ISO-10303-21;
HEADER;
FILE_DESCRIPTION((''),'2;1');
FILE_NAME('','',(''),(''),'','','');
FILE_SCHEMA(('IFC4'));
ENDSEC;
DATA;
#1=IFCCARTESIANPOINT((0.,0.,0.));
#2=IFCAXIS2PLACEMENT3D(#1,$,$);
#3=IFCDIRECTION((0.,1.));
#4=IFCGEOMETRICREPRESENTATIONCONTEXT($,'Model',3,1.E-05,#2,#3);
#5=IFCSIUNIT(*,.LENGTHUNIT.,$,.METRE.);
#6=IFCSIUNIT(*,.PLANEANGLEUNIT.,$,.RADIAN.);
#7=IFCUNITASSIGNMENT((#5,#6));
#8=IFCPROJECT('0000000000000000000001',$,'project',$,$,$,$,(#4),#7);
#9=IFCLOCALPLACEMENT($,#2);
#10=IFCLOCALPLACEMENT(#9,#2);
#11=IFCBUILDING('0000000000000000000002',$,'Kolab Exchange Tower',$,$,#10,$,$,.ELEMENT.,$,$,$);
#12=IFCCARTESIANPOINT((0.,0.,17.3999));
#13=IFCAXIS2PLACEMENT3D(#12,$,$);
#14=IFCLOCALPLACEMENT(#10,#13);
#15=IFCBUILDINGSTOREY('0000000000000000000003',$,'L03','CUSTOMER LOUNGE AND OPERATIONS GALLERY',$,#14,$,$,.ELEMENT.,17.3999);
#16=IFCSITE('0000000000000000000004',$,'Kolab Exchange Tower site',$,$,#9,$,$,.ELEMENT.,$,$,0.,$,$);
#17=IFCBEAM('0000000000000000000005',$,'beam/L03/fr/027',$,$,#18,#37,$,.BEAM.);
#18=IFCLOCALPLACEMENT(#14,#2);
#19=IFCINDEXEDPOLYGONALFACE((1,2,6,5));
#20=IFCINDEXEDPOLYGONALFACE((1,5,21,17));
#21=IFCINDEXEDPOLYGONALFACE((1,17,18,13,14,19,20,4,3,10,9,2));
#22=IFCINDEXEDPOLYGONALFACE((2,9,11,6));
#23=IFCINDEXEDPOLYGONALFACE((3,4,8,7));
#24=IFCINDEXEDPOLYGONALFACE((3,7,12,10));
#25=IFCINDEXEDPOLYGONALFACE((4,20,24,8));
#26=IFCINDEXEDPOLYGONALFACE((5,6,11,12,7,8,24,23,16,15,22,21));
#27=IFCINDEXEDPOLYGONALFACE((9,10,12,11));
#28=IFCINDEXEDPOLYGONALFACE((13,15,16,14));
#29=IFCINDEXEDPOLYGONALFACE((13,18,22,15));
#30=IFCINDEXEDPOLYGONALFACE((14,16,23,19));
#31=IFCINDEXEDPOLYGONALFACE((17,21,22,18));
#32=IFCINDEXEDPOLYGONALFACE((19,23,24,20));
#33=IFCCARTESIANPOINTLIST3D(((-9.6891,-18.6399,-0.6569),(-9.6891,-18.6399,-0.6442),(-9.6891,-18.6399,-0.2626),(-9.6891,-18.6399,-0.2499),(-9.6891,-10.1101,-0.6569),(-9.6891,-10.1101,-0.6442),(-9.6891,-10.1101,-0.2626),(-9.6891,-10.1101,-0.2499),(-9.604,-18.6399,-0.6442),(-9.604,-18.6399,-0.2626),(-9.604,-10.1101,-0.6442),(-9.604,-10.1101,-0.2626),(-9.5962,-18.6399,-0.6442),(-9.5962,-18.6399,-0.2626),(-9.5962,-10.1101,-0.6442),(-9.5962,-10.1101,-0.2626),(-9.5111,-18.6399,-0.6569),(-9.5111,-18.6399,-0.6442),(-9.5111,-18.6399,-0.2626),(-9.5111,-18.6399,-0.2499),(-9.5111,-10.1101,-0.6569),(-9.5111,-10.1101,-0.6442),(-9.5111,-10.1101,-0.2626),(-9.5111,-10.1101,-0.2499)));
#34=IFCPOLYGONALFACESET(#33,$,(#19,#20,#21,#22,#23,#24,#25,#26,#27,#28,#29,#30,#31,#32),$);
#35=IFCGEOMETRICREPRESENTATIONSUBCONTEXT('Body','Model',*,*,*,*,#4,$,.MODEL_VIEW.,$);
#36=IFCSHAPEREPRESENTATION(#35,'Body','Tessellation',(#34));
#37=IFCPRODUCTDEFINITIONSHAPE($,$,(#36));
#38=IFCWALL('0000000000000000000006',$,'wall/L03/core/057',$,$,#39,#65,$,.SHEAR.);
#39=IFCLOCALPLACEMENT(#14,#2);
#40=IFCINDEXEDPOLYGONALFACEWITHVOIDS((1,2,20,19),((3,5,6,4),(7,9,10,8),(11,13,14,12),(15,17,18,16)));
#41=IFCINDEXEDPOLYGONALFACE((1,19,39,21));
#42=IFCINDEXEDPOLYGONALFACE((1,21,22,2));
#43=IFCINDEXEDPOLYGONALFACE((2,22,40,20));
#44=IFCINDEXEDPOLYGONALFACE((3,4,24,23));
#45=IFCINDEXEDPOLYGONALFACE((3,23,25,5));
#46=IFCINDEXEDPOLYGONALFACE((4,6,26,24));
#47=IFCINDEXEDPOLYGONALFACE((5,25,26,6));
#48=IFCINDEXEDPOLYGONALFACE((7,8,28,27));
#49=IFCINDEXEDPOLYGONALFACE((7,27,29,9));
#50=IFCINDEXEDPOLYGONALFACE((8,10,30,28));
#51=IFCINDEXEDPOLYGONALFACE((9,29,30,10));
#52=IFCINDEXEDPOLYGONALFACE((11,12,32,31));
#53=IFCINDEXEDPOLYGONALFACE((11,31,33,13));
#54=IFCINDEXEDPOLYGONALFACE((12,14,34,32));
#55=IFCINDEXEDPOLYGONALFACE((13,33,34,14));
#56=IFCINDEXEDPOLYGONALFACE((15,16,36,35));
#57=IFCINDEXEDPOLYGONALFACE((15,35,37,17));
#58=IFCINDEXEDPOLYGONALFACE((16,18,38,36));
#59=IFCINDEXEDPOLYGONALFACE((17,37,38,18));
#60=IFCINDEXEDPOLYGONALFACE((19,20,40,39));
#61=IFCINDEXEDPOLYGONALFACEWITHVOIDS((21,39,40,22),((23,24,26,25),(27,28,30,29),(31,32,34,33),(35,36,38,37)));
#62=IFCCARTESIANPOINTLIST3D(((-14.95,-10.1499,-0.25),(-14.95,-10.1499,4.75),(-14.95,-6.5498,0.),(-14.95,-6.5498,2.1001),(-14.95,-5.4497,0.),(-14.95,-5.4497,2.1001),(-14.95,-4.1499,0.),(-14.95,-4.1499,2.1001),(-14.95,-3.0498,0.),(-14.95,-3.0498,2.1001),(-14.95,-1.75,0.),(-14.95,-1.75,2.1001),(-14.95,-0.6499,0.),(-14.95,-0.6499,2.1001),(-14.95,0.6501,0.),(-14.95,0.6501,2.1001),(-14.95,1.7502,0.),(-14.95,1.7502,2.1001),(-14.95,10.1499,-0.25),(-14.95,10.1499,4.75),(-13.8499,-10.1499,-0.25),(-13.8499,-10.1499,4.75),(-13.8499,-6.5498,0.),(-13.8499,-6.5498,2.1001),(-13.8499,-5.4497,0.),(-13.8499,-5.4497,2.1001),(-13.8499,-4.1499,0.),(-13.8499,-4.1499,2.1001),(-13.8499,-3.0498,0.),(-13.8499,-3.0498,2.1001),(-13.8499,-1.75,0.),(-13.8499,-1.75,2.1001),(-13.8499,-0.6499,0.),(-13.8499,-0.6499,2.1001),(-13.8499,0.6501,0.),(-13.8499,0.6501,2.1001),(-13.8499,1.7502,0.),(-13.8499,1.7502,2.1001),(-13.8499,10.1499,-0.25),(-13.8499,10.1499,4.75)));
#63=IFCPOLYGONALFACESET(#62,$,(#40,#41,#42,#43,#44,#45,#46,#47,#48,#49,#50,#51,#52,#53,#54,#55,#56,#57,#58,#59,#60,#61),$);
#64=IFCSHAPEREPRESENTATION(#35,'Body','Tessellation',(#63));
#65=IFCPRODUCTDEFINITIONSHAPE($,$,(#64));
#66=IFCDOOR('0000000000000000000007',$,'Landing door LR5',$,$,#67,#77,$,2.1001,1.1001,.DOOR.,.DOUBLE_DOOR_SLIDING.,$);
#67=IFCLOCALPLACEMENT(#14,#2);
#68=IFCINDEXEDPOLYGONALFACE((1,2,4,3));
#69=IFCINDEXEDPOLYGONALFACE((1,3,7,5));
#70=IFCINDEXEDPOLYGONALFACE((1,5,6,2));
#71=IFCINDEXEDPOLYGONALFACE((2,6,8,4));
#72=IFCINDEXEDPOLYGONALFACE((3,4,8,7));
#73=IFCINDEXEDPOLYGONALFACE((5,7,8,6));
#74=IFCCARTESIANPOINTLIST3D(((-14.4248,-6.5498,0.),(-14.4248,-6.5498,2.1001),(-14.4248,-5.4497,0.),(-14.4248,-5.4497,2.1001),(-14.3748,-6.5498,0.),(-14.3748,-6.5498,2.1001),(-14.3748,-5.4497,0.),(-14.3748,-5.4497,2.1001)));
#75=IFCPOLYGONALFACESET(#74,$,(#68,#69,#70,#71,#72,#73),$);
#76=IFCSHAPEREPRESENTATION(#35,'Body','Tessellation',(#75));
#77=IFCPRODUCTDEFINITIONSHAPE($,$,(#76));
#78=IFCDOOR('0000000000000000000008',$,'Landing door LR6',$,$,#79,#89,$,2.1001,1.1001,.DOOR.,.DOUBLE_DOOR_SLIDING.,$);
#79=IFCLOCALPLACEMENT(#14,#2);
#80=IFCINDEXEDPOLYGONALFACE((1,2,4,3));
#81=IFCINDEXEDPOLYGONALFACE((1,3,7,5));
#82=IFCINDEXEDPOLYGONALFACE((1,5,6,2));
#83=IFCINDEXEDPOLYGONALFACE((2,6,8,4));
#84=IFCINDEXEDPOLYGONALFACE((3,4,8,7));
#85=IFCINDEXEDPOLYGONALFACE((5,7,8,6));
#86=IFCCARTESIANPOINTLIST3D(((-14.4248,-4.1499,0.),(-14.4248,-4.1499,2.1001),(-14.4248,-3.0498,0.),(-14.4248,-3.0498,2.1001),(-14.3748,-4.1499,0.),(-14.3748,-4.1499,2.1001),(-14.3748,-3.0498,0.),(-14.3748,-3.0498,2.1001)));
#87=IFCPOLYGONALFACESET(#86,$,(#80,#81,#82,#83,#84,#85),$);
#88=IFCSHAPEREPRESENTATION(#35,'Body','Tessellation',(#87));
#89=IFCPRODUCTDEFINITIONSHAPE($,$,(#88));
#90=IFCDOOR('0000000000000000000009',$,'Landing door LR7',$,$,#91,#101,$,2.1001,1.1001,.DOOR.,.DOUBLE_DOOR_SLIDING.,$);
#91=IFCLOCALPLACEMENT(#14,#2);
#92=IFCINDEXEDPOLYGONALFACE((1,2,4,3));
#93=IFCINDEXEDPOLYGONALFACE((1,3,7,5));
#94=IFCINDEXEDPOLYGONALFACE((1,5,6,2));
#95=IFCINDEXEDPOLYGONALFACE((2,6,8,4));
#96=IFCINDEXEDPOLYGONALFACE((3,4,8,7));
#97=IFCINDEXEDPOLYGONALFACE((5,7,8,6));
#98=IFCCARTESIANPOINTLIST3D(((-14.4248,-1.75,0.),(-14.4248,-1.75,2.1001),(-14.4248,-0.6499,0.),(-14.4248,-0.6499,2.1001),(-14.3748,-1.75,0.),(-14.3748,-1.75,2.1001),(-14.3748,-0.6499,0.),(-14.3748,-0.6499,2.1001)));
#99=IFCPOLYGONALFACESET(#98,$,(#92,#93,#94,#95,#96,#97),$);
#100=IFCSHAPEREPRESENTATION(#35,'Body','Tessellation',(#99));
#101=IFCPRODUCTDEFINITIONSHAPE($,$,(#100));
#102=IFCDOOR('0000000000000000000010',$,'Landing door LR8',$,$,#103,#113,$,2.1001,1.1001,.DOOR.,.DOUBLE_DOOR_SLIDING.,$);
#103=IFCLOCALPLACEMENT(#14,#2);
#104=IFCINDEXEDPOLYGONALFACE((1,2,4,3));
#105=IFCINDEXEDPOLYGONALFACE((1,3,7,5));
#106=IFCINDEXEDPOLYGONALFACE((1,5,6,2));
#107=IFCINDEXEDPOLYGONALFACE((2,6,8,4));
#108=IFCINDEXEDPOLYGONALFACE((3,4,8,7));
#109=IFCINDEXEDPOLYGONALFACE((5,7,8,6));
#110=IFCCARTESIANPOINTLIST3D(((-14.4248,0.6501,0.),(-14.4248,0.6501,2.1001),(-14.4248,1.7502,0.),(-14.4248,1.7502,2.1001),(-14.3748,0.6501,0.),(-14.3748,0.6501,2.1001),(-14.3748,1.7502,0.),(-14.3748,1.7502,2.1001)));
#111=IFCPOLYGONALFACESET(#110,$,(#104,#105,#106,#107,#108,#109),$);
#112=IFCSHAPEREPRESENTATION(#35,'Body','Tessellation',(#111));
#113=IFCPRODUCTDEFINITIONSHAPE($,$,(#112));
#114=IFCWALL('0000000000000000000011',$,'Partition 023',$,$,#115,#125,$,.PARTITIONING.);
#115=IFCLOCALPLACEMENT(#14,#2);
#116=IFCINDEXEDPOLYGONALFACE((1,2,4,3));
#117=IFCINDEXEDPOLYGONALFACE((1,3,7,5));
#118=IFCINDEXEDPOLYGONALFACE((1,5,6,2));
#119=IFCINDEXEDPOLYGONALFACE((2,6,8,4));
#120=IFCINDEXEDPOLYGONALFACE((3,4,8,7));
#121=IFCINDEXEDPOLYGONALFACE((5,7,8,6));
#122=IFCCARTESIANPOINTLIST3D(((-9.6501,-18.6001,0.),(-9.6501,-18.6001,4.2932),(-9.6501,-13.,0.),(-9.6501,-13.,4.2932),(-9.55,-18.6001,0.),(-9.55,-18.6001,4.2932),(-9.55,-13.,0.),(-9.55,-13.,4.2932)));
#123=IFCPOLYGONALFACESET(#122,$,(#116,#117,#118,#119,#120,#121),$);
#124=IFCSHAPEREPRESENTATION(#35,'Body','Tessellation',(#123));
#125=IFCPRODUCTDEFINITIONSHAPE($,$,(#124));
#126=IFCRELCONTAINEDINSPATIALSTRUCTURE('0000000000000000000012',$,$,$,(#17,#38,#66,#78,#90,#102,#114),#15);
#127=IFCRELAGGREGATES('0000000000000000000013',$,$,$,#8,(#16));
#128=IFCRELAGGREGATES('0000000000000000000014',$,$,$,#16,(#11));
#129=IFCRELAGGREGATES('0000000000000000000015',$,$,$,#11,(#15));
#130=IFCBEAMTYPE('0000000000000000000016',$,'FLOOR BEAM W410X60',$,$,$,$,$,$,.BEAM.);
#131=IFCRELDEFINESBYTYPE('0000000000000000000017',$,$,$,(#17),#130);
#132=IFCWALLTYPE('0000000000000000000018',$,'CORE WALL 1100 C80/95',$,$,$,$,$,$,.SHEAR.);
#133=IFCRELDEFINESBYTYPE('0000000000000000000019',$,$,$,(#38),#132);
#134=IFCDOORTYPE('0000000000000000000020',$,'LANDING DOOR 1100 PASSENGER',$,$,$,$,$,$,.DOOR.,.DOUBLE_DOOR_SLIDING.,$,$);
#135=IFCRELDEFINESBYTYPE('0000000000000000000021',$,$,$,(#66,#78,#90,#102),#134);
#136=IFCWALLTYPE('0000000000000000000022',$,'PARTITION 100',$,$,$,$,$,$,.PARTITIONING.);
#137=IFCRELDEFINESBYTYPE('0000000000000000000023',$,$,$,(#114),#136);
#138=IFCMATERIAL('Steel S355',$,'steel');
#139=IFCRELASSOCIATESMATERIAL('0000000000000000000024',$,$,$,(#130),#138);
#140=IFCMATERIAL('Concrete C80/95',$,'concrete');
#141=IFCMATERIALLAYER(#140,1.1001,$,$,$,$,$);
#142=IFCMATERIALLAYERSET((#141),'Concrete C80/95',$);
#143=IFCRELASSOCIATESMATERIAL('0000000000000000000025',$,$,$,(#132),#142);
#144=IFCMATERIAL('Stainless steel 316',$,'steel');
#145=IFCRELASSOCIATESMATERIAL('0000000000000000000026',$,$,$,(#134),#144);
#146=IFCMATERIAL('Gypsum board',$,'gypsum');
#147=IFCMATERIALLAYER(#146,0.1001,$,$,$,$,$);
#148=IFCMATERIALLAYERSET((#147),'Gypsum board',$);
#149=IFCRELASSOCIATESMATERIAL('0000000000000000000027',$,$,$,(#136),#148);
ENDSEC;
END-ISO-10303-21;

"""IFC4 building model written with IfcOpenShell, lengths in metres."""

from ifc_helpers import new_model, si_unit, direction, frame, frame_2d, origin, origin_2d, place, context, subcontext, project, spatial, rectangle, i_section, extrude, material, layer, layer_set, material_profile, profile_set, type_object, element, fill, save


model = new_model("IFC4")

# Units and contexts
model_context = context("Model", 3, precision=1e-05, world=origin(), true_north=direction((0.0, 1.0)))
body_context = subcontext(model_context, "Body", "Model", "MODEL_VIEW")
ifc_project = project(units=[si_unit("LENGTHUNIT", "METRE"), si_unit("PLANEANGLEUNIT", "RADIAN")], contexts=[model_context])

# Site, building, storey
site_placement = place(None, origin())
site = spatial("IfcSite", under=ifc_project, at=site_placement, Name="Kolab Exchange Tower site", CompositionType="ELEMENT", RefElevation=0.0)
building_placement = place(site_placement, origin())
building = spatial("IfcBuilding", under=site, at=building_placement, Name="Kolab Exchange Tower", CompositionType="ELEMENT")
storey_placement = place(building_placement, frame((0.0, 0.0, 17.3999)))
storey = spatial("IfcBuildingStorey", under=building, at=storey_placement, Name="L03", Description="CUSTOMER LOUNGE AND OPERATIONS GALLERY", CompositionType="ELEMENT", Elevation=17.3999)

# Beam
ifc_material_1 = material(Name="Steel S355", Category="steel")
ifc_material_profile = material_profile(ifc_material_1, i_section(OverallWidth=0.178, OverallDepth=0.407, WebThickness=0.0078, FlangeThickness=0.0127, at=origin_2d()), Name="W410X60")
ifc_profile_set = profile_set([ifc_material_profile], Name="Steel S355")
beam_type = type_object("IfcBeamType", Name="FLOOR BEAM W410X60", PredefinedType="BEAM", material=ifc_profile_set)
beam_placement = place(storey_placement, frame((-9.6001, -18.6399, -0.4534), z_axis=(0.0, 1.0, 0.0), x_axis=(-1.0, 0.0, 0.0)))
element("IfcBeam", 1, at=beam_placement, inside=storey, type_object=beam_type, Name="beam/L03/fr/027", PredefinedType="BEAM", context=body_context, shape_type="SweptSolid", body=[
    extrude(i_section(OverallWidth=0.178, OverallDepth=0.407, WebThickness=0.0078, FlangeThickness=0.0127, at=origin_2d()), origin(), (0.0, 0.0, 1.0), 8.5298),
])

# Wall, openings, doors
ifc_material_2 = material(Name="Concrete C80/95", Category="concrete")
ifc_layer_1 = layer(ifc_material_2, 1.1001)
ifc_layer_set_1 = layer_set([ifc_layer_1], Name="Concrete C80/95")
wall_type_1 = type_object("IfcWallType", Name="CORE WALL 1100 C80/95", PredefinedType="SHEAR", material=ifc_layer_set_1)
wall_1_placement = place(storey_placement, frame((-14.3999, -10.1499, -0.25), z_axis=(0.0, 0.0, 1.0), x_axis=(0.0, 1.0, 0.0)))
wall_1 = element("IfcWall", 2, at=wall_1_placement, inside=storey, type_object=wall_type_1, Name="wall/L03/core/057", PredefinedType="SHEAR", context=body_context, shape_type="SweptSolid", body=[
    extrude(rectangle(XDim=20.2998, YDim=1.1001, at=frame_2d((10.1499, 0.0))), origin(), (0.0, 0.0, 1.0), 5.0),
])
opening_1_placement = place(wall_1_placement, frame((3.6001, 0.0, 0.25)))
opening_1 = element("IfcOpeningElement", 3, at=opening_1_placement, cuts=wall_1, PredefinedType="OPENING", context=body_context, shape_type="SweptSolid", body=[
    extrude(rectangle(XDim=1.1001, YDim=2.1001, at=frame_2d((0.55, 1.05))), frame((0.0, 0.5601, 0.0), z_axis=(0.0, -1.0, 0.0), x_axis=(1.0, 0.0, 0.0)), (0.0, 0.0, 1.0), 1.1201),
])
opening_2_placement = place(wall_1_placement, frame((6.0, 0.0, 0.25)))
opening_2 = element("IfcOpeningElement", 4, at=opening_2_placement, cuts=wall_1, PredefinedType="OPENING", context=body_context, shape_type="SweptSolid", body=[
    extrude(rectangle(XDim=1.1001, YDim=2.1001, at=frame_2d((0.55, 1.05))), frame((0.0, 0.5601, 0.0), z_axis=(0.0, -1.0, 0.0), x_axis=(1.0, 0.0, 0.0)), (0.0, 0.0, 1.0), 1.1201),
])
opening_3_placement = place(wall_1_placement, frame((8.3999, 0.0, 0.25)))
opening_3 = element("IfcOpeningElement", 5, at=opening_3_placement, cuts=wall_1, PredefinedType="OPENING", context=body_context, shape_type="SweptSolid", body=[
    extrude(rectangle(XDim=1.1001, YDim=2.1001, at=frame_2d((0.55, 1.05))), frame((0.0, 0.5601, 0.0), z_axis=(0.0, -1.0, 0.0), x_axis=(1.0, 0.0, 0.0)), (0.0, 0.0, 1.0), 1.1201),
])
opening_4_placement = place(wall_1_placement, frame((10.8, 0.0, 0.25)))
opening_4 = element("IfcOpeningElement", 6, at=opening_4_placement, cuts=wall_1, PredefinedType="OPENING", context=body_context, shape_type="SweptSolid", body=[
    extrude(rectangle(XDim=1.1001, YDim=2.1001, at=frame_2d((0.55, 1.05))), frame((0.0, 0.5601, 0.0), z_axis=(0.0, -1.0, 0.0), x_axis=(1.0, 0.0, 0.0)), (0.0, 0.0, 1.0), 1.1201),
])
ifc_material_3 = material(Name="Stainless steel 316", Category="steel")
door_type_1 = type_object("IfcDoorType", Name="LANDING DOOR 1100 PASSENGER", OperationType="DOUBLE_DOOR_SLIDING", PredefinedType="DOOR", material=ifc_material_3)
door_1_placement = place(opening_1_placement, origin())
door_1 = element("IfcDoor", 7, at=door_1_placement, inside=storey, type_object=door_type_1, Name="Landing door LR5", OperationType="DOUBLE_DOOR_SLIDING", OverallHeight=2.1001, OverallWidth=1.1001, PredefinedType="DOOR", context=body_context, shape_type="SweptSolid", body=[
    extrude(rectangle(XDim=1.1001, YDim=2.1001, at=frame_2d((0.55, 1.05))), frame((0.0, 0.0249, 0.0), z_axis=(0.0, -1.0, 0.0), x_axis=(1.0, 0.0, 0.0)), (0.0, 0.0, 1.0), 0.05),
])
fill(opening_1, door_1)
door_2_placement = place(opening_2_placement, origin())
door_2 = element("IfcDoor", 8, at=door_2_placement, inside=storey, type_object=door_type_1, Name="Landing door LR6", OperationType="DOUBLE_DOOR_SLIDING", OverallHeight=2.1001, OverallWidth=1.1001, PredefinedType="DOOR", context=body_context, shape_type="SweptSolid", body=[
    extrude(rectangle(XDim=1.1001, YDim=2.1001, at=frame_2d((0.55, 1.05))), frame((0.0, 0.0249, 0.0), z_axis=(0.0, -1.0, 0.0), x_axis=(1.0, 0.0, 0.0)), (0.0, 0.0, 1.0), 0.05),
])
fill(opening_2, door_2)
door_3_placement = place(opening_3_placement, origin())
door_3 = element("IfcDoor", 9, at=door_3_placement, inside=storey, type_object=door_type_1, Name="Landing door LR7", OperationType="DOUBLE_DOOR_SLIDING", OverallHeight=2.1001, OverallWidth=1.1001, PredefinedType="DOOR", context=body_context, shape_type="SweptSolid", body=[
    extrude(rectangle(XDim=1.1001, YDim=2.1001, at=frame_2d((0.55, 1.05))), frame((0.0, 0.0249, 0.0), z_axis=(0.0, -1.0, 0.0), x_axis=(1.0, 0.0, 0.0)), (0.0, 0.0, 1.0), 0.05),
])
fill(opening_3, door_3)
door_4_placement = place(opening_4_placement, origin())
door_4 = element("IfcDoor", 10, at=door_4_placement, inside=storey, type_object=door_type_1, Name="Landing door LR8", OperationType="DOUBLE_DOOR_SLIDING", OverallHeight=2.1001, OverallWidth=1.1001, PredefinedType="DOOR", context=body_context, shape_type="SweptSolid", body=[
    extrude(rectangle(XDim=1.1001, YDim=2.1001, at=frame_2d((0.55, 1.05))), frame((0.0, 0.0249, 0.0), z_axis=(0.0, -1.0, 0.0), x_axis=(1.0, 0.0, 0.0)), (0.0, 0.0, 1.0), 0.05),
])
fill(opening_4, door_4)

# Wall
ifc_material_4 = material(Name="Gypsum board", Category="gypsum")
ifc_layer_2 = layer(ifc_material_4, 0.1001)
ifc_layer_set_2 = layer_set([ifc_layer_2], Name="Gypsum board")
wall_type_2 = type_object("IfcWallType", Name="PARTITION 100", PredefinedType="PARTITIONING", material=ifc_layer_set_2)
wall_2_placement = place(storey_placement, frame((-9.6001, -18.6001, 0.0), z_axis=(0.0, 0.0, 1.0), x_axis=(0.0, 1.0, 0.0)))
element("IfcWall", 11, at=wall_2_placement, inside=storey, type_object=wall_type_2, Name="Partition 023", PredefinedType="PARTITIONING", context=body_context, shape_type="SweptSolid", body=[
    extrude(rectangle(XDim=5.6001, YDim=0.1001, at=frame_2d((2.8, 0.0))), origin(), (0.0, 0.0, 1.0), 4.2932),
])

save(model, "model.ifc")
